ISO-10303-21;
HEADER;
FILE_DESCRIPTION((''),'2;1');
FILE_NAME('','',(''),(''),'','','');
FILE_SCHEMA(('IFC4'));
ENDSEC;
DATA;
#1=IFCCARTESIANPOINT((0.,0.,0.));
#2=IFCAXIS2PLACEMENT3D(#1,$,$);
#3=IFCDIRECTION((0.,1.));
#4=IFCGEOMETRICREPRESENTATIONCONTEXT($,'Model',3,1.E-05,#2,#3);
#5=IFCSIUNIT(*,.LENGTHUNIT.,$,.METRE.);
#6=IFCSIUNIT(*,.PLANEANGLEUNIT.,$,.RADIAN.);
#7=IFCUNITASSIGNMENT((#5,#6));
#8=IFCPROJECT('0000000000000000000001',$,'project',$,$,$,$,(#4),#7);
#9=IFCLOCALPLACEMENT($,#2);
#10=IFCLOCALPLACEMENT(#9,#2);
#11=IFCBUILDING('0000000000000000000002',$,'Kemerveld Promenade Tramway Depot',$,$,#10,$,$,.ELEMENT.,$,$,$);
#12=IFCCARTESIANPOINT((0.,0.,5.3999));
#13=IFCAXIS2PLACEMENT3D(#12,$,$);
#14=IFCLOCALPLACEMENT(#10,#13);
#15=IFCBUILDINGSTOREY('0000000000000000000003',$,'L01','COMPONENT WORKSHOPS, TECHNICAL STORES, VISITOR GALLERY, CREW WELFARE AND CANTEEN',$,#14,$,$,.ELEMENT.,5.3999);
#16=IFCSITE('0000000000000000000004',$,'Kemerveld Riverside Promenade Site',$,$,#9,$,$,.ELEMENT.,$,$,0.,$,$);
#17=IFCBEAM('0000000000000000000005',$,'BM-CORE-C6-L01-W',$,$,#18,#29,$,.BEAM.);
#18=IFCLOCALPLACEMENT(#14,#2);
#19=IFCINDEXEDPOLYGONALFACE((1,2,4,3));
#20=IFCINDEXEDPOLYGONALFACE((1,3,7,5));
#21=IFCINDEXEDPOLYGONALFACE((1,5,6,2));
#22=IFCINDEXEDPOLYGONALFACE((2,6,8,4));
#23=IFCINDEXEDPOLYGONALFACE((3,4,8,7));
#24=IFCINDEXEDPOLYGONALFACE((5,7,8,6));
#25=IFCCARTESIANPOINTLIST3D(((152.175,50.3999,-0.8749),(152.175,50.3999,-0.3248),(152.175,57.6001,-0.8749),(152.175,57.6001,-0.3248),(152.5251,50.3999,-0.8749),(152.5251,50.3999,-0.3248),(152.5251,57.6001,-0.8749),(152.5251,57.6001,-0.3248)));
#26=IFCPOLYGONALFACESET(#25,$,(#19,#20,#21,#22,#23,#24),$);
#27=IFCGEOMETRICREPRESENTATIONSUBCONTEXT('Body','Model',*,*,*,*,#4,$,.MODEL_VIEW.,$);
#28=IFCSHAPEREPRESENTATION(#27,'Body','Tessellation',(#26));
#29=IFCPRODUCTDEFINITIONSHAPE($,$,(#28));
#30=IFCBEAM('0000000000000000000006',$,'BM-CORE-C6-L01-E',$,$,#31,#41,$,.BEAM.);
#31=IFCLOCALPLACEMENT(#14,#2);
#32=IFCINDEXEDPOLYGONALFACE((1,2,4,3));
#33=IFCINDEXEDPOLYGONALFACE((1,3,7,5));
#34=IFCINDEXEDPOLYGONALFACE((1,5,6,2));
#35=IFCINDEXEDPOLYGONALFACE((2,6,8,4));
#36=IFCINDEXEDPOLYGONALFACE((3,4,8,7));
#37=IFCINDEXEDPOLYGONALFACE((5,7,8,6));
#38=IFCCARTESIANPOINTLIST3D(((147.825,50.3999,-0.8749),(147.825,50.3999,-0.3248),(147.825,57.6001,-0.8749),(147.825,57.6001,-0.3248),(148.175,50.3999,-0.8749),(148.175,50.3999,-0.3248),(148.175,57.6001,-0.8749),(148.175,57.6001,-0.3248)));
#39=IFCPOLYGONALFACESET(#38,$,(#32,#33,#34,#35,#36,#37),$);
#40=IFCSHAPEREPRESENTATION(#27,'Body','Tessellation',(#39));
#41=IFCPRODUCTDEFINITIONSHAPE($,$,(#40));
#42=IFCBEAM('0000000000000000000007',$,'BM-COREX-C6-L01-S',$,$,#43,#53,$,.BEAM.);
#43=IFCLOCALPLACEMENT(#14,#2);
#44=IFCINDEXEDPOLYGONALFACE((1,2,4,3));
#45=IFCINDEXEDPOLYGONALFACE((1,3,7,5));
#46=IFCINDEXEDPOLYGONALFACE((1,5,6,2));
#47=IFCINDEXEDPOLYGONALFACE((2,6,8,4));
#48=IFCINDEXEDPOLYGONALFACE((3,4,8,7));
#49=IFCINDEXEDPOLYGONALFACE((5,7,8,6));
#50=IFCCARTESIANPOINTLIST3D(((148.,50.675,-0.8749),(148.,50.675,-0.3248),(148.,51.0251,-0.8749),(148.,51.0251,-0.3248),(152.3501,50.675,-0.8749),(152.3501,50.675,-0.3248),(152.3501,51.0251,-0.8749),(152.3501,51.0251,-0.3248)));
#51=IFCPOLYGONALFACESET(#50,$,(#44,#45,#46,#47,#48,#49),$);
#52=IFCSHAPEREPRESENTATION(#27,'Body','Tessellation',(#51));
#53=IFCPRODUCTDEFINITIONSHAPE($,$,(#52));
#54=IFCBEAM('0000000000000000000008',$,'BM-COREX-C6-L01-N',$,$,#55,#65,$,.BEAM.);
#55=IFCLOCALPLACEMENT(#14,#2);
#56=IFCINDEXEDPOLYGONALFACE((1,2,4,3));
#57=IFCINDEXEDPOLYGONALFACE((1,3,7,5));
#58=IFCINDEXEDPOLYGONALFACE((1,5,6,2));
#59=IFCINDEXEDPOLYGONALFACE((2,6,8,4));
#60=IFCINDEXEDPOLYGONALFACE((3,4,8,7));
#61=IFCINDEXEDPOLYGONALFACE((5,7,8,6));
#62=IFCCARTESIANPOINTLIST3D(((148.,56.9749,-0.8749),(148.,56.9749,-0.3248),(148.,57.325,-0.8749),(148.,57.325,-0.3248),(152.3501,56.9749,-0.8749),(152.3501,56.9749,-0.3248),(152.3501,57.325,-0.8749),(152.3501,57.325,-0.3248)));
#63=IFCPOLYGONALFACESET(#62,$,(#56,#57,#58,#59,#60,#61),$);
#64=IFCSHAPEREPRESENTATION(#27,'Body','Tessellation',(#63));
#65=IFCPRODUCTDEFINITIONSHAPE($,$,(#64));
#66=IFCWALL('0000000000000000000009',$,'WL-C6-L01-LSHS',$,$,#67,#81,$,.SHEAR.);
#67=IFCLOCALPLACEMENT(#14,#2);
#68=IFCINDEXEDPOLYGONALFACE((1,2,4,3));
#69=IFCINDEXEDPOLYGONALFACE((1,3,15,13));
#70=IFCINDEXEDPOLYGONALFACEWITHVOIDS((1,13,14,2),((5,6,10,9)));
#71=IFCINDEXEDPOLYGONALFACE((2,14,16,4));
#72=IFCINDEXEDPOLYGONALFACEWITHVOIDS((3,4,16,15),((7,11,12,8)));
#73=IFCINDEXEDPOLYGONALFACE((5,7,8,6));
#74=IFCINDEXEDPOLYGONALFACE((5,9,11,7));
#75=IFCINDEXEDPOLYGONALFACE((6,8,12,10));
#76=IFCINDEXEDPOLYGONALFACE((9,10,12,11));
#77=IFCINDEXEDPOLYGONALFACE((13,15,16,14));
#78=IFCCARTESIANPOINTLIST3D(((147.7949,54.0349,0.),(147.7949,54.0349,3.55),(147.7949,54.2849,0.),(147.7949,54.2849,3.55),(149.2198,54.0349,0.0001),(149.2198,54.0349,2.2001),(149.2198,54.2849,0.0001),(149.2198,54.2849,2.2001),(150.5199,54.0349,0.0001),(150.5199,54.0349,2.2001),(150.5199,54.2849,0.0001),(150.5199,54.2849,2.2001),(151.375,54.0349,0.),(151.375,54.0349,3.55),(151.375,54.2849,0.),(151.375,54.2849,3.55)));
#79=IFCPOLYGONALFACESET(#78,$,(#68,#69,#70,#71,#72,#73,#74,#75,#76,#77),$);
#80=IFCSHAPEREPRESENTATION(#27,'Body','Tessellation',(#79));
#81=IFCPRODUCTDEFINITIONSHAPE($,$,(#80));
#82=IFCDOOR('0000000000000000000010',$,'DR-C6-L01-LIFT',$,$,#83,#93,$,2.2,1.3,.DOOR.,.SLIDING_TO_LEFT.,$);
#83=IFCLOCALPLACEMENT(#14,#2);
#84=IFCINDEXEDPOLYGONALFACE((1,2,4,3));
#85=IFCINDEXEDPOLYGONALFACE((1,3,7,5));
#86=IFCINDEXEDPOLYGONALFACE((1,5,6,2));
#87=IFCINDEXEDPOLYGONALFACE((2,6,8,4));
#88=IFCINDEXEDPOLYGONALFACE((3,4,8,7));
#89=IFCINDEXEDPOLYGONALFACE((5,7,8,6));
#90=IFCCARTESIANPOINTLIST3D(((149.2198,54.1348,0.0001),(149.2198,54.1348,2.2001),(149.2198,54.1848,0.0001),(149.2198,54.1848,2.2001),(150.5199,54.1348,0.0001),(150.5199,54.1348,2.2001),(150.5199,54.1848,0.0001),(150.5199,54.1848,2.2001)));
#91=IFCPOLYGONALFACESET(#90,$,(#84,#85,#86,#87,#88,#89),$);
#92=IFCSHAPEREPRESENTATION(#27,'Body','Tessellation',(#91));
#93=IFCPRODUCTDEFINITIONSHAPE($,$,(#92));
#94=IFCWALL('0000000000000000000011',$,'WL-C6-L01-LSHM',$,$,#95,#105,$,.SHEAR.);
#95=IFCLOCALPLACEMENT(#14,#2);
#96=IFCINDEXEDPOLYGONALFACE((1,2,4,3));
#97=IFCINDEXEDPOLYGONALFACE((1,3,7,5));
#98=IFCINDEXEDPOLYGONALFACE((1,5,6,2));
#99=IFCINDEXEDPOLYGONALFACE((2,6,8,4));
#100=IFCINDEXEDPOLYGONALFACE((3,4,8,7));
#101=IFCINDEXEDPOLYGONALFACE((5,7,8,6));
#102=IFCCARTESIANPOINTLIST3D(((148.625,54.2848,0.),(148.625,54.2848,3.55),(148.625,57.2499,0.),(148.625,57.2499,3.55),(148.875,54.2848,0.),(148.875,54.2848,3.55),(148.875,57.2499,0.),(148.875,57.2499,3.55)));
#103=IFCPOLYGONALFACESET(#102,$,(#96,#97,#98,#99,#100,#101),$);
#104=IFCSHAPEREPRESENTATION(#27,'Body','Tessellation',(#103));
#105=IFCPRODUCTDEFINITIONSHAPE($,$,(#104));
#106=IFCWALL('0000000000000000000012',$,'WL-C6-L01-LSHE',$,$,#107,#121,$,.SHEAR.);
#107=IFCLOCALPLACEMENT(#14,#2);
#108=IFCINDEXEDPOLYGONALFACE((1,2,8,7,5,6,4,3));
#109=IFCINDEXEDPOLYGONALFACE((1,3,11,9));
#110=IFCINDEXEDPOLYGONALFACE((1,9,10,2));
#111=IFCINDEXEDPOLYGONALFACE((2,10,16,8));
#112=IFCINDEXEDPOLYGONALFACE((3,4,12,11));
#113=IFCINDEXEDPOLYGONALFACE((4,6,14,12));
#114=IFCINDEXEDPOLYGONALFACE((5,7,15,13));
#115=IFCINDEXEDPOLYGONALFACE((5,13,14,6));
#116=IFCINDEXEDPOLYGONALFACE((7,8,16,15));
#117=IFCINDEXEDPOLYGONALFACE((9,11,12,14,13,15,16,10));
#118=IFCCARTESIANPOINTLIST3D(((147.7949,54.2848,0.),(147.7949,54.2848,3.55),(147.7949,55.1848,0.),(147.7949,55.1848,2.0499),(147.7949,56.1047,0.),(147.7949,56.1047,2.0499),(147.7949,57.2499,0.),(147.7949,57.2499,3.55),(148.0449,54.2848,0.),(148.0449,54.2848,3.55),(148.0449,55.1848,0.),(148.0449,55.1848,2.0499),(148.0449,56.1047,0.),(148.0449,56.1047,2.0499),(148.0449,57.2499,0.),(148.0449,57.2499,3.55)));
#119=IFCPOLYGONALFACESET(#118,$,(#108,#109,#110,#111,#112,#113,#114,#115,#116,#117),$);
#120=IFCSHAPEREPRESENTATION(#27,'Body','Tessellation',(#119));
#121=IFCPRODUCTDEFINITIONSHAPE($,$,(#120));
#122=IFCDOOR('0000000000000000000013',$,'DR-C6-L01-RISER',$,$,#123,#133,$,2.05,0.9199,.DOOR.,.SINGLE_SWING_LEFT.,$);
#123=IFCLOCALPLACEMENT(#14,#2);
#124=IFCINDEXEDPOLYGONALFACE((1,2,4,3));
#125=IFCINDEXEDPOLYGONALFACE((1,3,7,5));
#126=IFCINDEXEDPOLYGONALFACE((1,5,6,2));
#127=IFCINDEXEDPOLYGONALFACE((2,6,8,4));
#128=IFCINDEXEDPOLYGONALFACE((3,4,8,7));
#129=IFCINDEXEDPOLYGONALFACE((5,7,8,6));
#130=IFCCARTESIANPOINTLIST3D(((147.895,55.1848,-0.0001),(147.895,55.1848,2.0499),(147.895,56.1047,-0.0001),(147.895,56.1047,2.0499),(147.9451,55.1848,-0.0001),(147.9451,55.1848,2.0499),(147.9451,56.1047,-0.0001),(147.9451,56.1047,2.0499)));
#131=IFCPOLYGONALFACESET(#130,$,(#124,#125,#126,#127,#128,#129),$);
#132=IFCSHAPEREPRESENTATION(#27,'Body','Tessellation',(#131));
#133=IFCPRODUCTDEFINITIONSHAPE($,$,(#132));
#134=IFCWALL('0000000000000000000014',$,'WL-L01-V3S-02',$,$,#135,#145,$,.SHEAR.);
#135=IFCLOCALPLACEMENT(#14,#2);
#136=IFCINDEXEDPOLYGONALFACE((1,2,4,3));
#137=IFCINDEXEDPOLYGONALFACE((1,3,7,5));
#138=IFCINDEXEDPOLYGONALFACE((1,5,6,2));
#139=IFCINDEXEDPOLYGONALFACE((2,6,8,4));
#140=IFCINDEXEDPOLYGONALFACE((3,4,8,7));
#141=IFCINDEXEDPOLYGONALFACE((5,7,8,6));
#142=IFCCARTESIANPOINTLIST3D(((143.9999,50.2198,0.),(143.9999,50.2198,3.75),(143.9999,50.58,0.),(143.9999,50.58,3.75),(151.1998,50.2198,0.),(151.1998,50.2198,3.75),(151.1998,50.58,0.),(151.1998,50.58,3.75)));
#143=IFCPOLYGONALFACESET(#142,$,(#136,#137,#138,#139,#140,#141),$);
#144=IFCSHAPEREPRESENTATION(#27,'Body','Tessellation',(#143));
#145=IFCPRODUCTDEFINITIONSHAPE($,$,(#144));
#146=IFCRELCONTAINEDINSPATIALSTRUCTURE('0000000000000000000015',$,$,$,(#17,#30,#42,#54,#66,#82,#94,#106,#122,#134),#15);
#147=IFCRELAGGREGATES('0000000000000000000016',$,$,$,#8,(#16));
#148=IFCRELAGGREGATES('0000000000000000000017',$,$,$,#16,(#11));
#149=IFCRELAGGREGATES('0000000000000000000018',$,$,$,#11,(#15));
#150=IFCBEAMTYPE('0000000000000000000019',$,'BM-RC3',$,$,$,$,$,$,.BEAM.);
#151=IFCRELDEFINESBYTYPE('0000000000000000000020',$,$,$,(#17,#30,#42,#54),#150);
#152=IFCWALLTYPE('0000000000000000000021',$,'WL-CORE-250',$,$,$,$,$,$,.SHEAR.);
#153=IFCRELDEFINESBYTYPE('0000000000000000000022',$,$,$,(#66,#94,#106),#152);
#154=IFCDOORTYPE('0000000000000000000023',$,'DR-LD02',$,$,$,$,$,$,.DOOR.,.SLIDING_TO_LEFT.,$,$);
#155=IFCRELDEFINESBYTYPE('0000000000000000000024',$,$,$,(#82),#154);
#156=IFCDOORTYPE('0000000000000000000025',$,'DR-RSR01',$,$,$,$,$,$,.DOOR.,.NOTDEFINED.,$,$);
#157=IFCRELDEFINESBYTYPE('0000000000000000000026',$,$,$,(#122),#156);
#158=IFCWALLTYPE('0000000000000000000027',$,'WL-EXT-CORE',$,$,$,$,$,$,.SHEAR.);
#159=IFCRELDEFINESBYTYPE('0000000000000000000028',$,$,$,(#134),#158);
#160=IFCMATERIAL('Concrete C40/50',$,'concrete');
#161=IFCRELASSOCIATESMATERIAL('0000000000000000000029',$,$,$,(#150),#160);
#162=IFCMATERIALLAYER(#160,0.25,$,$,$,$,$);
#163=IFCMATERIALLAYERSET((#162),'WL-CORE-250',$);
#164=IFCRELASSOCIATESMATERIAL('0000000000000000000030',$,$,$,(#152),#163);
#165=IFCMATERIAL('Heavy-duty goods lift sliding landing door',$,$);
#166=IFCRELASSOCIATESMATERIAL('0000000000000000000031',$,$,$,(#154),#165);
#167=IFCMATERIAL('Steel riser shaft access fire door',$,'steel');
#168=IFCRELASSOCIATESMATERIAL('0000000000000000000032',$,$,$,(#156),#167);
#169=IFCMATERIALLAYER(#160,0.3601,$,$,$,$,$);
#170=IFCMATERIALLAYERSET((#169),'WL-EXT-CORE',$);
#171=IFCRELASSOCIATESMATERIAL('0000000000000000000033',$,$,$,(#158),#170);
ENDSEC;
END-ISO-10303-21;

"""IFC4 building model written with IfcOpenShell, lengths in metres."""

from ifc_helpers import new_model, si_unit, direction, frame, frame_2d, origin, origin_2d, place, context, subcontext, project, spatial, rectangle, extrude, material, layer, layer_set, material_profile, profile_set, type_object, element, fill, save


model = new_model("IFC4")

# Units and contexts
model_context = context("Model", 3, precision=1e-05, world=origin(), true_north=direction((0.0, 1.0)))
body_context = subcontext(model_context, "Body", "Model", "MODEL_VIEW")
ifc_project = project(units=[si_unit("LENGTHUNIT", "METRE"), si_unit("PLANEANGLEUNIT", "RADIAN")], contexts=[model_context])

# Site, building, storey
site_placement = place(None, origin())
site = spatial("IfcSite", under=ifc_project, at=site_placement, Name="Kemerveld Riverside Promenade Site", CompositionType="ELEMENT", RefElevation=0.0)
building_placement = place(site_placement, origin())
building = spatial("IfcBuilding", under=site, at=building_placement, Name="Kemerveld Promenade Tramway Depot", CompositionType="ELEMENT")
storey_placement = place(building_placement, frame((0.0, 0.0, 5.3999)))
storey = spatial("IfcBuildingStorey", under=building, at=storey_placement, Name="L01", Description="COMPONENT WORKSHOPS, TECHNICAL STORES, VISITOR GALLERY, CREW WELFARE AND CANTEEN", CompositionType="ELEMENT", Elevation=5.3999)

# Shared definitions
ifc_material_1 = material(Name="Concrete C40/50", Category="concrete")

# Beams
ifc_material_profile_1 = material_profile(ifc_material_1, rectangle(XDim=0.3501, YDim=0.55, at=origin_2d()), Name="RC-BM-350x550")
ifc_profile_set_1 = profile_set([ifc_material_profile_1], Name="Concrete C40/50")
beam_type_1 = type_object("IfcBeamType", Name="BM-RC3", PredefinedType="BEAM", material=ifc_profile_set_1)
for number, where, z_axis, x_axis, name in (
    (1, (152.3501, 50.3999, -0.5999), (0.0, 1.0, 0.0), (-1.0, 0.0, 0.0), "BM-CORE-C6-L01-W"),
    (2, (148.0, 50.3999, -0.5999), (0.0, 1.0, 0.0), (-1.0, 0.0, 0.0), "BM-CORE-C6-L01-E"),
):
    element("IfcBeam", number, at=place(storey_placement, frame(where, z_axis=z_axis, x_axis=x_axis)), inside=storey, type_object=beam_type_1, Name=name, PredefinedType="BEAM", context=body_context, shape_type="SweptSolid", body=[
        extrude(rectangle(XDim=0.3501, YDim=0.55, at=origin_2d()), origin(), (0.0, 0.0, 1.0), 7.2002),
    ])
for number, where, z_axis, x_axis, name in (
    (3, (148.0, 50.8501, -0.5999), (1.0, 0.0, 0.0), (0.0, 1.0, 0.0), "BM-COREX-C6-L01-S"),
    (4, (148.0, 57.1499, -0.5999), (1.0, 0.0, 0.0), (0.0, 1.0, 0.0), "BM-COREX-C6-L01-N"),
):
    element("IfcBeam", number, at=place(storey_placement, frame(where, z_axis=z_axis, x_axis=x_axis)), inside=storey, type_object=beam_type_1, Name=name, PredefinedType="BEAM", context=body_context, shape_type="SweptSolid", body=[
        extrude(rectangle(XDim=0.3501, YDim=0.55, at=origin_2d()), origin(), (0.0, 0.0, 1.0), 4.3501),
    ])

# Wall, opening, door
ifc_layer_1 = layer(ifc_material_1, 0.25)
ifc_layer_set_1 = layer_set([ifc_layer_1], Name="WL-CORE-250")
wall_type_1 = type_object("IfcWallType", Name="WL-CORE-250", PredefinedType="SHEAR", material=ifc_layer_set_1)
wall_1_placement = place(storey_placement, frame((147.7949, 54.1599, 0.0), z_axis=(0.0, 0.0, 1.0), x_axis=(1.0, 0.0, 0.0)))
wall_1 = element("IfcWall", 5, at=wall_1_placement, inside=storey, type_object=wall_type_1, Name="WL-C6-L01-LSHS", PredefinedType="SHEAR", context=body_context, shape_type="SweptSolid", body=[
    extrude(rectangle(XDim=3.5801, YDim=0.25, at=frame_2d((1.79, 0.0))), origin(), (0.0, 0.0, 1.0), 3.55),
])
opening_1_placement = place(wall_1_placement, frame((1.425, 0.0, 0.0)))
opening_1 = element("IfcOpeningElement", 6, at=opening_1_placement, cuts=wall_1, PredefinedType="OPENING", context=body_context, shape_type="SweptSolid", body=[
    extrude(rectangle(XDim=1.3, YDim=2.2, at=frame_2d((0.6499, 1.1001))), frame((0.0, 0.135, 0.0), z_axis=(0.0, -1.0, 0.0), x_axis=(1.0, 0.0, 0.0)), (0.0, 0.0, 1.0), 0.27),
])
ifc_material_2 = material(Name="Heavy-duty goods lift sliding landing door")
door_type_1 = type_object("IfcDoorType", Name="DR-LD02", OperationType="SLIDING_TO_LEFT", PredefinedType="DOOR", material=ifc_material_2)
door_1_placement = place(opening_1_placement, origin())
door_1 = element("IfcDoor", 7, at=door_1_placement, inside=storey, type_object=door_type_1, Name="DR-C6-L01-LIFT", OperationType="SLIDING_TO_LEFT", OverallHeight=2.2, OverallWidth=1.3, PredefinedType="DOOR", context=body_context, shape_type="SweptSolid", body=[
    extrude(rectangle(XDim=1.3, YDim=2.2, at=frame_2d((0.6499, 1.1001))), frame((0.0, 0.0249, 0.0), z_axis=(0.0, -1.0, 0.0), x_axis=(1.0, 0.0, 0.0)), (0.0, 0.0, 1.0), 0.05),
])
fill(opening_1, door_1)

# Wall
wall_2_placement = place(storey_placement, frame((148.75, 54.2849, 0.0), z_axis=(0.0, 0.0, 1.0), x_axis=(0.0, 1.0, 0.0)))
element("IfcWall", 8, at=wall_2_placement, inside=storey, type_object=wall_type_1, Name="WL-C6-L01-LSHM", PredefinedType="SHEAR", context=body_context, shape_type="SweptSolid", body=[
    extrude(rectangle(XDim=2.9651, YDim=0.25, at=frame_2d((1.4824, 0.0))), origin(), (0.0, 0.0, 1.0), 3.55),
])

# Wall, opening, door
wall_3_placement = place(storey_placement, frame((147.9199, 54.2849, 0.0), z_axis=(0.0, 0.0, 1.0), x_axis=(0.0, 1.0, 0.0)))
wall_3 = element("IfcWall", 9, at=wall_3_placement, inside=storey, type_object=wall_type_1, Name="WL-C6-L01-LSHE", PredefinedType="SHEAR", context=body_context, shape_type="SweptSolid", body=[
    extrude(rectangle(XDim=2.9651, YDim=0.25, at=frame_2d((1.4824, 0.0))), origin(), (0.0, 0.0, 1.0), 3.55),
])
opening_2_placement = place(wall_3_placement, frame((0.8999, 0.0, 0.0)))
opening_2 = element("IfcOpeningElement", 10, at=opening_2_placement, cuts=wall_3, PredefinedType="OPENING", context=body_context, shape_type="SweptSolid", body=[
    extrude(rectangle(XDim=0.9199, YDim=2.05, at=frame_2d((0.46, 1.0249))), frame((0.0, 0.135, 0.0), z_axis=(0.0, -1.0, 0.0), x_axis=(1.0, 0.0, 0.0)), (0.0, 0.0, 1.0), 0.27),
])
ifc_material_3 = material(Name="Steel riser shaft access fire door", Category="steel")
door_type_2 = type_object("IfcDoorType", Name="DR-RSR01", OperationType="NOTDEFINED", PredefinedType="DOOR", material=ifc_material_3)
door_2_placement = place(opening_2_placement, origin())
door_2 = element("IfcDoor", 11, at=door_2_placement, inside=storey, type_object=door_type_2, Name="DR-C6-L01-RISER", OperationType="SINGLE_SWING_LEFT", OverallHeight=2.05, OverallWidth=0.9199, PredefinedType="DOOR", context=body_context, shape_type="SweptSolid", body=[
    extrude(rectangle(XDim=0.9199, YDim=2.05, at=frame_2d((0.46, 1.0249))), frame((0.0, 0.0249, 0.0), z_axis=(0.0, -1.0, 0.0), x_axis=(1.0, 0.0, 0.0)), (0.0, 0.0, 1.0), 0.05),
])
fill(opening_2, door_2)

# Wall
ifc_layer_2 = layer(ifc_material_1, 0.3601)
ifc_layer_set_2 = layer_set([ifc_layer_2], Name="WL-EXT-CORE")
wall_type_2 = type_object("IfcWallType", Name="WL-EXT-CORE", PredefinedType="SHEAR", material=ifc_layer_set_2)
wall_4_placement = place(storey_placement, frame((151.2, 50.3999, 0.0), z_axis=(0.0, 0.0, 1.0), x_axis=(-1.0, 0.0, 0.0)))
element("IfcWall", 12, at=wall_4_placement, inside=storey, type_object=wall_type_2, Name="WL-L01-V3S-02", PredefinedType="SHEAR", context=body_context, shape_type="SweptSolid", body=[
    extrude(rectangle(XDim=7.2, YDim=0.3601, at=frame_2d((3.6001, 0.0))), origin(), (0.0, 0.0, 1.0), 3.75),
])

save(model, "model.ifc")
